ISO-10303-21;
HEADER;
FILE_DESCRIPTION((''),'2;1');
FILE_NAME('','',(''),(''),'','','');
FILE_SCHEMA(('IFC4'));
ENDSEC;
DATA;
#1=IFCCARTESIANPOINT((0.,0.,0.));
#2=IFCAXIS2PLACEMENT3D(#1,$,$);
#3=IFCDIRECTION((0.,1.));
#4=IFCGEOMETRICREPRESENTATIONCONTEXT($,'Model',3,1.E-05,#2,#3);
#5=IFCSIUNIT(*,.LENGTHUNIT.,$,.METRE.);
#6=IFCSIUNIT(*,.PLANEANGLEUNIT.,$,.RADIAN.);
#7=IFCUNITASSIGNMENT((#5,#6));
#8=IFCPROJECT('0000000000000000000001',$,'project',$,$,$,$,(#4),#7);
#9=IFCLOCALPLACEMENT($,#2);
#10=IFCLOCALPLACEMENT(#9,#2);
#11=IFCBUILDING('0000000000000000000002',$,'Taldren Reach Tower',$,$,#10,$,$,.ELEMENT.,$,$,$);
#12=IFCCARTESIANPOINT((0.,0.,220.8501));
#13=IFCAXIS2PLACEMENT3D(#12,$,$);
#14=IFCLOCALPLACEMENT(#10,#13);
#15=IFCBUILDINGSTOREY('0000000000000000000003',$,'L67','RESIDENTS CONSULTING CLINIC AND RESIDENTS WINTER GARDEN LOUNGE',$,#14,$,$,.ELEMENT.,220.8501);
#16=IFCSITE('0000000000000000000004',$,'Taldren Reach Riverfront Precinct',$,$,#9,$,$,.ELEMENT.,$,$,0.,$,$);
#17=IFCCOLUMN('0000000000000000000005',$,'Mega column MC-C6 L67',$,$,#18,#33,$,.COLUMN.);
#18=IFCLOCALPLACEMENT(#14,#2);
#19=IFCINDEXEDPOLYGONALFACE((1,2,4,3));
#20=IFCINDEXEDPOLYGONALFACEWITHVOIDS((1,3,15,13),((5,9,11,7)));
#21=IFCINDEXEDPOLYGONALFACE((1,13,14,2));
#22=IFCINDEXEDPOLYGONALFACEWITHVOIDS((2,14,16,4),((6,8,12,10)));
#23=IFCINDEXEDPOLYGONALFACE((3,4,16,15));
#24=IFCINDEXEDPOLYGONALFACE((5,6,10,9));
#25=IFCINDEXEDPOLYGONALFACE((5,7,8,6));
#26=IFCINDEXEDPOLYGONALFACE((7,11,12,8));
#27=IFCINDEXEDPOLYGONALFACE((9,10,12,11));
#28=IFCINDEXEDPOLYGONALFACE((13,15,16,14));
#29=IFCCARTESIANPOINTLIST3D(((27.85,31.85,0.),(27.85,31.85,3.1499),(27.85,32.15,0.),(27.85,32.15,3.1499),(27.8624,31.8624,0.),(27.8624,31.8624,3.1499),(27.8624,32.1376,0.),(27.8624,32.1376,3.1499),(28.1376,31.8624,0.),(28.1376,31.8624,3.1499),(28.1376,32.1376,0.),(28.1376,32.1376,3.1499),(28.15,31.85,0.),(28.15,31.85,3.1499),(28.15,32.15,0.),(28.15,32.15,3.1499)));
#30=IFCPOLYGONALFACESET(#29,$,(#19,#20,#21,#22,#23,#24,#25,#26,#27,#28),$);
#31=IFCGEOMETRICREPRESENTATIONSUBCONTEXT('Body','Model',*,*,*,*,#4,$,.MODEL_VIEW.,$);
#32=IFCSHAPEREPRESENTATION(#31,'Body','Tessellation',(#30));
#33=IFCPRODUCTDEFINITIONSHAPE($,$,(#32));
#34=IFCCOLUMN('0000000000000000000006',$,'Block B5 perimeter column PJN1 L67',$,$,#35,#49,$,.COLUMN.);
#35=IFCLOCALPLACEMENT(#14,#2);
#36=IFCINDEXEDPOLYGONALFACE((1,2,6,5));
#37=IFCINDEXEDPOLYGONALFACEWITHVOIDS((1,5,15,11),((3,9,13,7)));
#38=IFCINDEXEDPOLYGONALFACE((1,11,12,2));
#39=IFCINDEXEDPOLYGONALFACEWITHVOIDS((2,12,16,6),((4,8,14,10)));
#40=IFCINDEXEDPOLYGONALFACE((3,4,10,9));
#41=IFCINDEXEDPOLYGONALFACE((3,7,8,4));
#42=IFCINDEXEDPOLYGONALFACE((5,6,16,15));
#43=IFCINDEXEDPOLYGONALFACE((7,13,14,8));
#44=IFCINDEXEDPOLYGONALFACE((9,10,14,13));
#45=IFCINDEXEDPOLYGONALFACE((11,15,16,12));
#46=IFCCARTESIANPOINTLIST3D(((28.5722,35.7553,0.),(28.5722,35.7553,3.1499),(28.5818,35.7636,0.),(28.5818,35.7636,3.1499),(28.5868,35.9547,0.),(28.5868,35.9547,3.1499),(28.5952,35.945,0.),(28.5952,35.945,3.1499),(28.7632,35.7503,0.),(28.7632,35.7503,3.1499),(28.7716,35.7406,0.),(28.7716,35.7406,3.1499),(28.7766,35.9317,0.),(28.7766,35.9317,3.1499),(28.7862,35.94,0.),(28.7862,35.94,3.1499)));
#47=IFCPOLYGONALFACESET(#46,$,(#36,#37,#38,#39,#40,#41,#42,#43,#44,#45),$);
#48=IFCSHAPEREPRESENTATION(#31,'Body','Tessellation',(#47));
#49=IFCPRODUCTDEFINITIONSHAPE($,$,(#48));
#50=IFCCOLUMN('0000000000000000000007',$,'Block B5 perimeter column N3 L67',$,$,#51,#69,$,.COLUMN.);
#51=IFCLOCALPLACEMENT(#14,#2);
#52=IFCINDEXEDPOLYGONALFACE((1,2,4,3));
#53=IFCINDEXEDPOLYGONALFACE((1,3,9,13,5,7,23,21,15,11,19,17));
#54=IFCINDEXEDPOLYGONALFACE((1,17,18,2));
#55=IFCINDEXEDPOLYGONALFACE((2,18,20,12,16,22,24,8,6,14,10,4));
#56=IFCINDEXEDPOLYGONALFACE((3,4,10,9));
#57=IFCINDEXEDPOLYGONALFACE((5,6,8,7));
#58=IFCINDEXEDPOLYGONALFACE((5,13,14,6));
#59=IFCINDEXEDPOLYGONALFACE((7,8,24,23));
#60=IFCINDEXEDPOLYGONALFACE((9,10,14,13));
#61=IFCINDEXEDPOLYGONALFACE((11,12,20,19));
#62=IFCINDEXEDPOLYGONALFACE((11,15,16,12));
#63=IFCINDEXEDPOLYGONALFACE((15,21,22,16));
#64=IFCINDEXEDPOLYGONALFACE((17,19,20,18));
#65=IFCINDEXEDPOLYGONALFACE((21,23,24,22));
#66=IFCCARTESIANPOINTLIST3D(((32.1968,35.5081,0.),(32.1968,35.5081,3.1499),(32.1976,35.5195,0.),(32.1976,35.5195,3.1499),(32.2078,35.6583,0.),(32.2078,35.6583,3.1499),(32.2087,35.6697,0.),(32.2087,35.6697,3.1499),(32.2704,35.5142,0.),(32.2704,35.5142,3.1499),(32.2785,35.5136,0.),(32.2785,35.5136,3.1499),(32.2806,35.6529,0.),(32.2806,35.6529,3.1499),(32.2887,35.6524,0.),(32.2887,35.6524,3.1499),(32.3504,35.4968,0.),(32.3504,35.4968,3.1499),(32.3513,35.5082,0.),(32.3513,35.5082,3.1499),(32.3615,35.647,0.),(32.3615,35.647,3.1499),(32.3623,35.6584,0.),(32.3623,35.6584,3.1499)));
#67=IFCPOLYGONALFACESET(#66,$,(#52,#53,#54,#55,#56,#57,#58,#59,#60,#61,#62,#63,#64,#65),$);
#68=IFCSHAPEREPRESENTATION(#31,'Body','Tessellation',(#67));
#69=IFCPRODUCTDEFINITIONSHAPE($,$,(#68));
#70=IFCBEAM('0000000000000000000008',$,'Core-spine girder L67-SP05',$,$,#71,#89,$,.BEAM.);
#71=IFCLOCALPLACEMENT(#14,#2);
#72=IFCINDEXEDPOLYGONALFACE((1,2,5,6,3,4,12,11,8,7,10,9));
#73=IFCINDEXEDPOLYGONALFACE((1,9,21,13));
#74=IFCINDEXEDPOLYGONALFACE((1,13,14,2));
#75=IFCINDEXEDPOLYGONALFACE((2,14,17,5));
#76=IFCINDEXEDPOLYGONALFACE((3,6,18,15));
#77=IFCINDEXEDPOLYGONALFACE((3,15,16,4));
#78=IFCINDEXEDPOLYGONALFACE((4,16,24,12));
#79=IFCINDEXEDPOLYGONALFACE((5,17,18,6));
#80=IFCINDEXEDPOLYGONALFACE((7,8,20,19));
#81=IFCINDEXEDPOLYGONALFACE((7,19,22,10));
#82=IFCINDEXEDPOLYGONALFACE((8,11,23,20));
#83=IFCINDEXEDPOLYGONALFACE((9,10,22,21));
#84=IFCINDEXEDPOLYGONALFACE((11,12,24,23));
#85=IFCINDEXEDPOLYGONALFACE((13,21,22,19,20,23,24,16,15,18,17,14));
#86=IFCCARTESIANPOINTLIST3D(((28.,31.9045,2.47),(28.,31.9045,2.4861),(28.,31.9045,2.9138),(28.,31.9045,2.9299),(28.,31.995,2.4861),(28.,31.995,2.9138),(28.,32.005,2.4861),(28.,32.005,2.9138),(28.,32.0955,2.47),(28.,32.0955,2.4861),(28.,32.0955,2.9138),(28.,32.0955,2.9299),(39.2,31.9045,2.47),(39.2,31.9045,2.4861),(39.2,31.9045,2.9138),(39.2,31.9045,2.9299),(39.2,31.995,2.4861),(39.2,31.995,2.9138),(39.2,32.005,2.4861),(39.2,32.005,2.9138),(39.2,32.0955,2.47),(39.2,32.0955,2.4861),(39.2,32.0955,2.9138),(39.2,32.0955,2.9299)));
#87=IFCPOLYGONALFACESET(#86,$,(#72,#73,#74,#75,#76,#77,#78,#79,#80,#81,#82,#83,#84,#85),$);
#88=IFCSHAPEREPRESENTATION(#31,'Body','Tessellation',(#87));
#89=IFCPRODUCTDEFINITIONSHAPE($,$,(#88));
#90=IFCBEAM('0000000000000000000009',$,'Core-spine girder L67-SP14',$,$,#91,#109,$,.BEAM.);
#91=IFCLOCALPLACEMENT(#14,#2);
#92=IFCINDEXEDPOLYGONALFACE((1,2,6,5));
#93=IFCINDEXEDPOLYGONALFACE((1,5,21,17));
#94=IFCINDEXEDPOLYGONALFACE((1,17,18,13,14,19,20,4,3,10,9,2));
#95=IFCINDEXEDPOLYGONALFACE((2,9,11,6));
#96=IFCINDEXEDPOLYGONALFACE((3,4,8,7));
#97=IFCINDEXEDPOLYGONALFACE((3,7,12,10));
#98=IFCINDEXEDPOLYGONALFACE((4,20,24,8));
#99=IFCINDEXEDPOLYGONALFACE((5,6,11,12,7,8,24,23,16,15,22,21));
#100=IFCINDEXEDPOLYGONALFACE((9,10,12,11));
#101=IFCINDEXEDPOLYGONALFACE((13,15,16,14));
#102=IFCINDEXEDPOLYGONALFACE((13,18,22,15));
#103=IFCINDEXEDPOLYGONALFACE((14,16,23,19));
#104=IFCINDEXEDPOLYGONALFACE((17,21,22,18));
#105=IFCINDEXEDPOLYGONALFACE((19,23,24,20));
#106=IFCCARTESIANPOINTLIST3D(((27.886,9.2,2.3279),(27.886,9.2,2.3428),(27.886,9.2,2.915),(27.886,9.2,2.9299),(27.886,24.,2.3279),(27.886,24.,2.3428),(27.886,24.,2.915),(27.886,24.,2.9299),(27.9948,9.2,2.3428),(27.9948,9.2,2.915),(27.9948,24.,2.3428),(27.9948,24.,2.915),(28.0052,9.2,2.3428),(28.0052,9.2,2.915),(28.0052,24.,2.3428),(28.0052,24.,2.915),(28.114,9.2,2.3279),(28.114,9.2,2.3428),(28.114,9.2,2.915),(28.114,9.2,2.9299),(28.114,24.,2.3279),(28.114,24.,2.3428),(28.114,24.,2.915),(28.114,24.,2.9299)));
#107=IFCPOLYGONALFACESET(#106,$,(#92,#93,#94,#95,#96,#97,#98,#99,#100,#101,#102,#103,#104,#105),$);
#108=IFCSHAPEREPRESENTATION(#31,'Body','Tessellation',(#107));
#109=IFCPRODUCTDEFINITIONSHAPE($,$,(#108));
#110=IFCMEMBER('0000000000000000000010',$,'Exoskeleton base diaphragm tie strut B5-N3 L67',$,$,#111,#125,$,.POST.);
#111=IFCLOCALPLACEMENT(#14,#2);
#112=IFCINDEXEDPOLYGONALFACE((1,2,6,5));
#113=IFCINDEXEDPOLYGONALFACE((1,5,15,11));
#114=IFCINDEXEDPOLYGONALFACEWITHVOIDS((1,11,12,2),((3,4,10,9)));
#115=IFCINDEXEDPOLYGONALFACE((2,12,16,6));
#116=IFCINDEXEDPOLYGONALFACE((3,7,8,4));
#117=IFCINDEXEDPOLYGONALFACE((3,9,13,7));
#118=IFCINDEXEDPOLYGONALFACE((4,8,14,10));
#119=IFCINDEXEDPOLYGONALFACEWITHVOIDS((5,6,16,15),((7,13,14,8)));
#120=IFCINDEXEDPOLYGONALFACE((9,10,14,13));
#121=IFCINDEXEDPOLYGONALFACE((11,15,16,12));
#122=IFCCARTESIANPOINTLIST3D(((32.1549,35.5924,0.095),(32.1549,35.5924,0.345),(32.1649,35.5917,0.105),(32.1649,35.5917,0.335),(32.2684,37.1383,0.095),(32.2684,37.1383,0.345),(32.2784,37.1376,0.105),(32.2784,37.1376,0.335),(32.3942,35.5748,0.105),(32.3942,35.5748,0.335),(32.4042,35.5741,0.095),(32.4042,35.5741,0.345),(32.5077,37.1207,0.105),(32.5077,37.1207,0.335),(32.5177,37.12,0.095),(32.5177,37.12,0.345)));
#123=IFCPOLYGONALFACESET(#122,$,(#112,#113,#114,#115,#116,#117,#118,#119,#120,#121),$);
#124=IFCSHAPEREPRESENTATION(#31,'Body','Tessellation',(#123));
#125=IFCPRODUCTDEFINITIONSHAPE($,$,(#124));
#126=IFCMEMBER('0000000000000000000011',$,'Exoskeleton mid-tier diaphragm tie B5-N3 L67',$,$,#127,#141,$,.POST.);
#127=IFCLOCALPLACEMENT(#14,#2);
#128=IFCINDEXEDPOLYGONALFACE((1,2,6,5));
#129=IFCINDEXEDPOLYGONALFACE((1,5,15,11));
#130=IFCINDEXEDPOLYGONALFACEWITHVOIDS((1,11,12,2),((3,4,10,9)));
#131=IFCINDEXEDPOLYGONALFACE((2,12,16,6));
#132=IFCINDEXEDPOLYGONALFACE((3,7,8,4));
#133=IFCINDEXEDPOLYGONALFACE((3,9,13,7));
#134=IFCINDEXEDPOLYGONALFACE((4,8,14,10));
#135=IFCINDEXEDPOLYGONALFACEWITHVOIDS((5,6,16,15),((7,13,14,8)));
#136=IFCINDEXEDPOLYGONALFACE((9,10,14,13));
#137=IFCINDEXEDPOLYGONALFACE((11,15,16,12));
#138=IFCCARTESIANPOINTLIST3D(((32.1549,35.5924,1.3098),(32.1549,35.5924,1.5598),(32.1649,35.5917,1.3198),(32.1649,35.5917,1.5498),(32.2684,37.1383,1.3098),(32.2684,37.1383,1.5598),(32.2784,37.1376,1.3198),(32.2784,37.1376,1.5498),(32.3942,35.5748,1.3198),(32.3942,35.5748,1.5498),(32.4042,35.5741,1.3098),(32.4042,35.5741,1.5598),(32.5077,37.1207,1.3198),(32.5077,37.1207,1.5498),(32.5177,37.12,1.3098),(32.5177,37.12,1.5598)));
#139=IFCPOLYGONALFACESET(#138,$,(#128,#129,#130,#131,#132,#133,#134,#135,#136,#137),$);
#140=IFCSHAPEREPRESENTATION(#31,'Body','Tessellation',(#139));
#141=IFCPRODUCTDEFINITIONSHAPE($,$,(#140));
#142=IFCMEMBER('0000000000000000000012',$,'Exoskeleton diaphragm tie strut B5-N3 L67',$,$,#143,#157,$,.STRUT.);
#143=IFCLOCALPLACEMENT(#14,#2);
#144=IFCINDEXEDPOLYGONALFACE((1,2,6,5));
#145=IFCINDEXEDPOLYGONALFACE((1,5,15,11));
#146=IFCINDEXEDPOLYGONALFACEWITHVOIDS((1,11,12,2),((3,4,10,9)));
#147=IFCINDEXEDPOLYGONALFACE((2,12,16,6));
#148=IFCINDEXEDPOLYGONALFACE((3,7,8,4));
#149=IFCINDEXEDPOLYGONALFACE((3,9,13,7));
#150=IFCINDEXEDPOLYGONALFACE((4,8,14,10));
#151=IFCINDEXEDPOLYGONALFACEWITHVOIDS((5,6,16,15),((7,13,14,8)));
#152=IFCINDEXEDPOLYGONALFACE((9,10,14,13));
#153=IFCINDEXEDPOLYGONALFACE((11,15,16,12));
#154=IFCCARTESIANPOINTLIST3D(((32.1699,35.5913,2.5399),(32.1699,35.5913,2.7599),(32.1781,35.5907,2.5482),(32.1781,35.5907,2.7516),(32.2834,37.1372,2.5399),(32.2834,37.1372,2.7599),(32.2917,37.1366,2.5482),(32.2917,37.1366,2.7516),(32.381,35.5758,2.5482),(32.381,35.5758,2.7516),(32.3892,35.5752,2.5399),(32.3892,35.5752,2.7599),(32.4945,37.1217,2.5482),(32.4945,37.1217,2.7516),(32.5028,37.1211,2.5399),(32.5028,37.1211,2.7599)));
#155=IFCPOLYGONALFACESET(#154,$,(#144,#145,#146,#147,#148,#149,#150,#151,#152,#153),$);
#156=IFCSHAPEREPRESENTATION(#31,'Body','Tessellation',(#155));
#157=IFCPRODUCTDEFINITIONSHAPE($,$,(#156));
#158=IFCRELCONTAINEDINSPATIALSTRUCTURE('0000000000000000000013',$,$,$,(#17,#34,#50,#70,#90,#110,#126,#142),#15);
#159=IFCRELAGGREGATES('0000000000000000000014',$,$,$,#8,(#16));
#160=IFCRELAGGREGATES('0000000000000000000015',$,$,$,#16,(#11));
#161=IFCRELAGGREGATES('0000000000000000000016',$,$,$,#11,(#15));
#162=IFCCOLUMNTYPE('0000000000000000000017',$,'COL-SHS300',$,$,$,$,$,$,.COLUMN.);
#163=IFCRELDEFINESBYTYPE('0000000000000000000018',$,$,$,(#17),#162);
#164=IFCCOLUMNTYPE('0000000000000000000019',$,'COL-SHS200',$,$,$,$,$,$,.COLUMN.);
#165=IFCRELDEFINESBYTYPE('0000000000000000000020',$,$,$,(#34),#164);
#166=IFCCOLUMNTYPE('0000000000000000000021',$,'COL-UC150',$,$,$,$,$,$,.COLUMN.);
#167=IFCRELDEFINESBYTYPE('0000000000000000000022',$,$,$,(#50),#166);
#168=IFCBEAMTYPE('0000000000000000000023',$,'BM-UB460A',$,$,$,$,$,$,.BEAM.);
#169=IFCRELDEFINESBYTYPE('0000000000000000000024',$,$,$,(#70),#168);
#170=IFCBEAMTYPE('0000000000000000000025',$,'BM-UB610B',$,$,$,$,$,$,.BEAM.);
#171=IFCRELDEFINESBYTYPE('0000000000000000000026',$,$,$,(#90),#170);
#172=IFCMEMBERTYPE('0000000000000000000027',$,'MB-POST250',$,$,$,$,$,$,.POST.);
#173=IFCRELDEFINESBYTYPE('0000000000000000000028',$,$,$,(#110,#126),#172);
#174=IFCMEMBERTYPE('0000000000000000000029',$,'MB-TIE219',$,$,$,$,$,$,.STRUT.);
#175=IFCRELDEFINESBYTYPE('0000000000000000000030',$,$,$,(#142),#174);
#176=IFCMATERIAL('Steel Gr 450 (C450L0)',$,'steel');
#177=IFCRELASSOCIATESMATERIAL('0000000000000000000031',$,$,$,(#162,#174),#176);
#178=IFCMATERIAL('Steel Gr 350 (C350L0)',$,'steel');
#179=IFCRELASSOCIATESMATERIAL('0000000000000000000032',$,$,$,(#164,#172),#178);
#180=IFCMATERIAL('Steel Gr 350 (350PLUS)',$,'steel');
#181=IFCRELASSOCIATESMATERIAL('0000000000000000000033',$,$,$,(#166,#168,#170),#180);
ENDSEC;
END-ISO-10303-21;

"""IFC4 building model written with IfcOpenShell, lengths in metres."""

from ifc_helpers import new_model, si_unit, direction, frame, origin, origin_2d, place, context, subcontext, project, spatial, hollow_rectangle, i_section, extrude, source, transform, mapped, material, material_profile, profile_set, type_object, element, save


model = new_model("IFC4")

# Units and contexts
model_context = context("Model", 3, precision=1e-05, world=origin(), true_north=direction((0.0, 1.0)))
body_context = subcontext(model_context, "Body", "Model", "MODEL_VIEW")
ifc_project = project(units=[si_unit("LENGTHUNIT", "METRE"), si_unit("PLANEANGLEUNIT", "RADIAN")], contexts=[model_context])

# Site, building, storey
site_placement = place(None, origin())
site = spatial("IfcSite", under=ifc_project, at=site_placement, Name="Taldren Reach Riverfront Precinct", CompositionType="ELEMENT", RefElevation=0.0)
building_placement = place(site_placement, origin())
building = spatial("IfcBuilding", under=site, at=building_placement, Name="Taldren Reach Tower", CompositionType="ELEMENT")
storey_placement = place(building_placement, frame((0.0, 0.0, 220.8501)))
storey = spatial("IfcBuildingStorey", under=building, at=storey_placement, Name="L67", Description="RESIDENTS CONSULTING CLINIC AND RESIDENTS WINTER GARDEN LOUNGE", CompositionType="ELEMENT", Elevation=220.8501)

# Columns
ifc_material_1 = material(Name="Steel Gr 450 (C450L0)", Category="steel")
ifc_material_profile_1 = material_profile(ifc_material_1, hollow_rectangle(XDim=0.3, YDim=0.3, WallThickness=0.0125, at=origin_2d()), Name="300x300x12.5SHS")
ifc_profile_set_1 = profile_set([ifc_material_profile_1], Name="Steel Gr 450 (C450L0)")
column_type_1 = type_object("IfcColumnType", Name="COL-SHS300", PredefinedType="COLUMN", material=ifc_profile_set_1)
shared_shape_1 = source(origin(), body_context, "Body", "SweptSolid", [
    extrude(hollow_rectangle(XDim=0.3, YDim=0.3, WallThickness=0.0125, at=origin_2d()), origin(), (0.0, 0.0, 1.0), 3.1499),
])
column_1_placement = place(storey_placement, frame((28.0, 32.0, 0.0), z_axis=(0.0, 0.0, 1.0), x_axis=(1.0, 0.0, 0.0)))
element("IfcColumn", 1, at=column_1_placement, inside=storey, type_object=column_type_1, Name="Mega column MC-C6 L67", PredefinedType="COLUMN", context=body_context, shape_type="MappedRepresentation", body=[
    mapped(shared_shape_1, transform((0.0, 0.0, 0.0), scale=1.0)),
])
ifc_material_2 = material(Name="Steel Gr 350 (C350L0)", Category="steel")
ifc_material_profile_2 = material_profile(ifc_material_2, hollow_rectangle(XDim=0.2, YDim=0.2, WallThickness=0.009, at=origin_2d()), Name="200x200x9.0SHS")
ifc_profile_set_2 = profile_set([ifc_material_profile_2], Name="Steel Gr 350 (C350L0)")
column_type_2 = type_object("IfcColumnType", Name="COL-SHS200", PredefinedType="COLUMN", material=ifc_profile_set_2)
shared_shape_2 = source(origin(), body_context, "Body", "SweptSolid", [
    extrude(hollow_rectangle(XDim=0.2, YDim=0.2, WallThickness=0.009, at=origin_2d()), origin(), (0.0, 0.0, 1.0), 3.1499),
])
column_2_placement = place(storey_placement, frame((28.6792, 35.8477, 0.0), z_axis=(0.0, 0.0, 1.0), x_axis=(0.997314, -0.073238, 0.0)))
element("IfcColumn", 2, at=column_2_placement, inside=storey, type_object=column_type_2, Name="Block B5 perimeter column PJN1 L67", PredefinedType="COLUMN", context=body_context, shape_type="MappedRepresentation", body=[
    mapped(shared_shape_2, transform((0.0, 0.0, 0.0), scale=1.0)),
])
ifc_material_3 = material(Name="Steel Gr 350 (350PLUS)", Category="steel")
ifc_material_profile_3 = material_profile(ifc_material_3, i_section(OverallWidth=0.1541, OverallDepth=0.1621, WebThickness=0.0081, FlangeThickness=0.0115, at=origin_2d()), Name="150UC37.2")
ifc_profile_set_3 = profile_set([ifc_material_profile_3], Name="Steel Gr 350 (350PLUS)")
column_type_3 = type_object("IfcColumnType", Name="COL-UC150", PredefinedType="COLUMN", material=ifc_profile_set_3)
shared_shape_3 = source(origin(), body_context, "Body", "SweptSolid", [
    extrude(i_section(OverallWidth=0.1541, OverallDepth=0.1621, WebThickness=0.0081, FlangeThickness=0.0115, at=origin_2d()), origin(), (0.0, 0.0, 1.0), 3.1499),
])
column_3_placement = place(storey_placement, frame((32.2795, 35.5833, 0.0), z_axis=(0.0, 0.0, 1.0), x_axis=(0.997314, -0.073238, 0.0)))
element("IfcColumn", 3, at=column_3_placement, inside=storey, type_object=column_type_3, Name="Block B5 perimeter column N3 L67", PredefinedType="COLUMN", context=body_context, shape_type="MappedRepresentation", body=[
    mapped(shared_shape_3, transform((0.0, 0.0, 0.0), scale=1.0)),
])

# Beams
ifc_material_profile_4 = material_profile(ifc_material_3, i_section(OverallWidth=0.1909, OverallDepth=0.46, WebThickness=0.01, FlangeThickness=0.0161, at=origin_2d()), Name="460UB82.1")
ifc_profile_set_4 = profile_set([ifc_material_profile_4], Name="Steel Gr 350 (350PLUS)")
beam_type_1 = type_object("IfcBeamType", Name="BM-UB460A", PredefinedType="BEAM", material=ifc_profile_set_4)
shared_shape_4 = source(origin(), body_context, "Body", "SweptSolid", [
    extrude(i_section(OverallWidth=0.1909, OverallDepth=0.46, WebThickness=0.01, FlangeThickness=0.0161, at=origin_2d()), origin(), (0.0, 0.0, 1.0), 11.2),
])
beam_1_placement = place(storey_placement, frame((28.0, 32.0, 2.7), z_axis=(1.0, 0.0, 0.0), x_axis=(0.0, 1.0, 0.0)))
element("IfcBeam", 4, at=beam_1_placement, inside=storey, type_object=beam_type_1, Name="Core-spine girder L67-SP05", PredefinedType="BEAM", context=body_context, shape_type="MappedRepresentation", body=[
    mapped(shared_shape_4, transform((0.0, 0.0, 0.0), scale=1.0)),
])
ifc_material_profile_5 = material_profile(ifc_material_3, i_section(OverallWidth=0.228, OverallDepth=0.6021, WebThickness=0.0105, FlangeThickness=0.0149, at=origin_2d()), Name="610UB101")
ifc_profile_set_5 = profile_set([ifc_material_profile_5], Name="Steel Gr 350 (350PLUS)")
beam_type_2 = type_object("IfcBeamType", Name="BM-UB610B", PredefinedType="BEAM", material=ifc_profile_set_5)
shared_shape_5 = source(origin(), body_context, "Body", "SweptSolid", [
    extrude(i_section(OverallWidth=0.228, OverallDepth=0.6021, WebThickness=0.0105, FlangeThickness=0.0149, at=origin_2d()), origin(), (0.0, 0.0, 1.0), 14.8),
])
beam_2_placement = place(storey_placement, frame((28.0, 24.0, 2.6289), z_axis=(0.0, -1.0, 0.0), x_axis=(1.0, 0.0, 0.0)))
element("IfcBeam", 5, at=beam_2_placement, inside=storey, type_object=beam_type_2, Name="Core-spine girder L67-SP14", PredefinedType="BEAM", context=body_context, shape_type="MappedRepresentation", body=[
    mapped(shared_shape_5, transform((0.0, 0.0, 0.0), scale=1.0)),
])

# Members
ifc_material_profile_6 = material_profile(ifc_material_2, hollow_rectangle(XDim=0.25, YDim=0.25, WallThickness=0.01, at=origin_2d()), Name="250x250x10.0SHS")
ifc_profile_set_6 = profile_set([ifc_material_profile_6], Name="Steel Gr 350 (C350L0)")
member_type_1 = type_object("IfcMemberType", Name="MB-POST250", PredefinedType="POST", material=ifc_profile_set_6)
shared_shape_6 = source(origin(), body_context, "Body", "SweptSolid", [
    extrude(hollow_rectangle(XDim=0.25, YDim=0.25, WallThickness=0.01, at=origin_2d()), origin(), (0.0, 0.0, 1.0), 1.55),
])
for number, where, z_axis, x_axis, name in (
    (6, (32.2795, 35.5833, 0.22), (0.073239, 0.997314, 0.0), (-0.997314, 0.073239, 0.0), "Exoskeleton base diaphragm tie strut B5-N3 L67"),
    (7, (32.2795, 35.5833, 1.4348), (0.073239, 0.997314, 0.0), (-0.997314, 0.073239, 0.0), "Exoskeleton mid-tier diaphragm tie B5-N3 L67"),
):
    element("IfcMember", number, at=place(storey_placement, frame(where, z_axis=z_axis, x_axis=x_axis)), inside=storey, type_object=member_type_1, Name=name, PredefinedType="POST", context=body_context, shape_type="MappedRepresentation", body=[
        mapped(shared_shape_6, transform((0.0, 0.0, 0.0), scale=1.0)),
    ])
ifc_material_profile_7 = material_profile(ifc_material_1, hollow_rectangle(XDim=0.22, YDim=0.22, WallThickness=0.0083, at=origin_2d()), Name="220x220x8.2SHS")
ifc_profile_set_7 = profile_set([ifc_material_profile_7], Name="Steel Gr 450 (C450L0)")
member_type_2 = type_object("IfcMemberType", Name="MB-TIE219", PredefinedType="STRUT", material=ifc_profile_set_7)
shared_shape_7 = source(origin(), body_context, "Body", "SweptSolid", [
    extrude(hollow_rectangle(XDim=0.22, YDim=0.22, WallThickness=0.0083, at=origin_2d()), origin(), (0.0, 0.0, 1.0), 1.55),
])
member_1_placement = place(storey_placement, frame((32.2795, 35.5833, 2.6499), z_axis=(0.073239, 0.997314, 0.0), x_axis=(-0.997314, 0.073239, 0.0)))
element("IfcMember", 8, at=member_1_placement, inside=storey, type_object=member_type_2, Name="Exoskeleton diaphragm tie strut B5-N3 L67", PredefinedType="STRUT", context=body_context, shape_type="MappedRepresentation", body=[
    mapped(shared_shape_7, transform((0.0, 0.0, 0.0), scale=1.0)),
])

save(model, "model.ifc")
